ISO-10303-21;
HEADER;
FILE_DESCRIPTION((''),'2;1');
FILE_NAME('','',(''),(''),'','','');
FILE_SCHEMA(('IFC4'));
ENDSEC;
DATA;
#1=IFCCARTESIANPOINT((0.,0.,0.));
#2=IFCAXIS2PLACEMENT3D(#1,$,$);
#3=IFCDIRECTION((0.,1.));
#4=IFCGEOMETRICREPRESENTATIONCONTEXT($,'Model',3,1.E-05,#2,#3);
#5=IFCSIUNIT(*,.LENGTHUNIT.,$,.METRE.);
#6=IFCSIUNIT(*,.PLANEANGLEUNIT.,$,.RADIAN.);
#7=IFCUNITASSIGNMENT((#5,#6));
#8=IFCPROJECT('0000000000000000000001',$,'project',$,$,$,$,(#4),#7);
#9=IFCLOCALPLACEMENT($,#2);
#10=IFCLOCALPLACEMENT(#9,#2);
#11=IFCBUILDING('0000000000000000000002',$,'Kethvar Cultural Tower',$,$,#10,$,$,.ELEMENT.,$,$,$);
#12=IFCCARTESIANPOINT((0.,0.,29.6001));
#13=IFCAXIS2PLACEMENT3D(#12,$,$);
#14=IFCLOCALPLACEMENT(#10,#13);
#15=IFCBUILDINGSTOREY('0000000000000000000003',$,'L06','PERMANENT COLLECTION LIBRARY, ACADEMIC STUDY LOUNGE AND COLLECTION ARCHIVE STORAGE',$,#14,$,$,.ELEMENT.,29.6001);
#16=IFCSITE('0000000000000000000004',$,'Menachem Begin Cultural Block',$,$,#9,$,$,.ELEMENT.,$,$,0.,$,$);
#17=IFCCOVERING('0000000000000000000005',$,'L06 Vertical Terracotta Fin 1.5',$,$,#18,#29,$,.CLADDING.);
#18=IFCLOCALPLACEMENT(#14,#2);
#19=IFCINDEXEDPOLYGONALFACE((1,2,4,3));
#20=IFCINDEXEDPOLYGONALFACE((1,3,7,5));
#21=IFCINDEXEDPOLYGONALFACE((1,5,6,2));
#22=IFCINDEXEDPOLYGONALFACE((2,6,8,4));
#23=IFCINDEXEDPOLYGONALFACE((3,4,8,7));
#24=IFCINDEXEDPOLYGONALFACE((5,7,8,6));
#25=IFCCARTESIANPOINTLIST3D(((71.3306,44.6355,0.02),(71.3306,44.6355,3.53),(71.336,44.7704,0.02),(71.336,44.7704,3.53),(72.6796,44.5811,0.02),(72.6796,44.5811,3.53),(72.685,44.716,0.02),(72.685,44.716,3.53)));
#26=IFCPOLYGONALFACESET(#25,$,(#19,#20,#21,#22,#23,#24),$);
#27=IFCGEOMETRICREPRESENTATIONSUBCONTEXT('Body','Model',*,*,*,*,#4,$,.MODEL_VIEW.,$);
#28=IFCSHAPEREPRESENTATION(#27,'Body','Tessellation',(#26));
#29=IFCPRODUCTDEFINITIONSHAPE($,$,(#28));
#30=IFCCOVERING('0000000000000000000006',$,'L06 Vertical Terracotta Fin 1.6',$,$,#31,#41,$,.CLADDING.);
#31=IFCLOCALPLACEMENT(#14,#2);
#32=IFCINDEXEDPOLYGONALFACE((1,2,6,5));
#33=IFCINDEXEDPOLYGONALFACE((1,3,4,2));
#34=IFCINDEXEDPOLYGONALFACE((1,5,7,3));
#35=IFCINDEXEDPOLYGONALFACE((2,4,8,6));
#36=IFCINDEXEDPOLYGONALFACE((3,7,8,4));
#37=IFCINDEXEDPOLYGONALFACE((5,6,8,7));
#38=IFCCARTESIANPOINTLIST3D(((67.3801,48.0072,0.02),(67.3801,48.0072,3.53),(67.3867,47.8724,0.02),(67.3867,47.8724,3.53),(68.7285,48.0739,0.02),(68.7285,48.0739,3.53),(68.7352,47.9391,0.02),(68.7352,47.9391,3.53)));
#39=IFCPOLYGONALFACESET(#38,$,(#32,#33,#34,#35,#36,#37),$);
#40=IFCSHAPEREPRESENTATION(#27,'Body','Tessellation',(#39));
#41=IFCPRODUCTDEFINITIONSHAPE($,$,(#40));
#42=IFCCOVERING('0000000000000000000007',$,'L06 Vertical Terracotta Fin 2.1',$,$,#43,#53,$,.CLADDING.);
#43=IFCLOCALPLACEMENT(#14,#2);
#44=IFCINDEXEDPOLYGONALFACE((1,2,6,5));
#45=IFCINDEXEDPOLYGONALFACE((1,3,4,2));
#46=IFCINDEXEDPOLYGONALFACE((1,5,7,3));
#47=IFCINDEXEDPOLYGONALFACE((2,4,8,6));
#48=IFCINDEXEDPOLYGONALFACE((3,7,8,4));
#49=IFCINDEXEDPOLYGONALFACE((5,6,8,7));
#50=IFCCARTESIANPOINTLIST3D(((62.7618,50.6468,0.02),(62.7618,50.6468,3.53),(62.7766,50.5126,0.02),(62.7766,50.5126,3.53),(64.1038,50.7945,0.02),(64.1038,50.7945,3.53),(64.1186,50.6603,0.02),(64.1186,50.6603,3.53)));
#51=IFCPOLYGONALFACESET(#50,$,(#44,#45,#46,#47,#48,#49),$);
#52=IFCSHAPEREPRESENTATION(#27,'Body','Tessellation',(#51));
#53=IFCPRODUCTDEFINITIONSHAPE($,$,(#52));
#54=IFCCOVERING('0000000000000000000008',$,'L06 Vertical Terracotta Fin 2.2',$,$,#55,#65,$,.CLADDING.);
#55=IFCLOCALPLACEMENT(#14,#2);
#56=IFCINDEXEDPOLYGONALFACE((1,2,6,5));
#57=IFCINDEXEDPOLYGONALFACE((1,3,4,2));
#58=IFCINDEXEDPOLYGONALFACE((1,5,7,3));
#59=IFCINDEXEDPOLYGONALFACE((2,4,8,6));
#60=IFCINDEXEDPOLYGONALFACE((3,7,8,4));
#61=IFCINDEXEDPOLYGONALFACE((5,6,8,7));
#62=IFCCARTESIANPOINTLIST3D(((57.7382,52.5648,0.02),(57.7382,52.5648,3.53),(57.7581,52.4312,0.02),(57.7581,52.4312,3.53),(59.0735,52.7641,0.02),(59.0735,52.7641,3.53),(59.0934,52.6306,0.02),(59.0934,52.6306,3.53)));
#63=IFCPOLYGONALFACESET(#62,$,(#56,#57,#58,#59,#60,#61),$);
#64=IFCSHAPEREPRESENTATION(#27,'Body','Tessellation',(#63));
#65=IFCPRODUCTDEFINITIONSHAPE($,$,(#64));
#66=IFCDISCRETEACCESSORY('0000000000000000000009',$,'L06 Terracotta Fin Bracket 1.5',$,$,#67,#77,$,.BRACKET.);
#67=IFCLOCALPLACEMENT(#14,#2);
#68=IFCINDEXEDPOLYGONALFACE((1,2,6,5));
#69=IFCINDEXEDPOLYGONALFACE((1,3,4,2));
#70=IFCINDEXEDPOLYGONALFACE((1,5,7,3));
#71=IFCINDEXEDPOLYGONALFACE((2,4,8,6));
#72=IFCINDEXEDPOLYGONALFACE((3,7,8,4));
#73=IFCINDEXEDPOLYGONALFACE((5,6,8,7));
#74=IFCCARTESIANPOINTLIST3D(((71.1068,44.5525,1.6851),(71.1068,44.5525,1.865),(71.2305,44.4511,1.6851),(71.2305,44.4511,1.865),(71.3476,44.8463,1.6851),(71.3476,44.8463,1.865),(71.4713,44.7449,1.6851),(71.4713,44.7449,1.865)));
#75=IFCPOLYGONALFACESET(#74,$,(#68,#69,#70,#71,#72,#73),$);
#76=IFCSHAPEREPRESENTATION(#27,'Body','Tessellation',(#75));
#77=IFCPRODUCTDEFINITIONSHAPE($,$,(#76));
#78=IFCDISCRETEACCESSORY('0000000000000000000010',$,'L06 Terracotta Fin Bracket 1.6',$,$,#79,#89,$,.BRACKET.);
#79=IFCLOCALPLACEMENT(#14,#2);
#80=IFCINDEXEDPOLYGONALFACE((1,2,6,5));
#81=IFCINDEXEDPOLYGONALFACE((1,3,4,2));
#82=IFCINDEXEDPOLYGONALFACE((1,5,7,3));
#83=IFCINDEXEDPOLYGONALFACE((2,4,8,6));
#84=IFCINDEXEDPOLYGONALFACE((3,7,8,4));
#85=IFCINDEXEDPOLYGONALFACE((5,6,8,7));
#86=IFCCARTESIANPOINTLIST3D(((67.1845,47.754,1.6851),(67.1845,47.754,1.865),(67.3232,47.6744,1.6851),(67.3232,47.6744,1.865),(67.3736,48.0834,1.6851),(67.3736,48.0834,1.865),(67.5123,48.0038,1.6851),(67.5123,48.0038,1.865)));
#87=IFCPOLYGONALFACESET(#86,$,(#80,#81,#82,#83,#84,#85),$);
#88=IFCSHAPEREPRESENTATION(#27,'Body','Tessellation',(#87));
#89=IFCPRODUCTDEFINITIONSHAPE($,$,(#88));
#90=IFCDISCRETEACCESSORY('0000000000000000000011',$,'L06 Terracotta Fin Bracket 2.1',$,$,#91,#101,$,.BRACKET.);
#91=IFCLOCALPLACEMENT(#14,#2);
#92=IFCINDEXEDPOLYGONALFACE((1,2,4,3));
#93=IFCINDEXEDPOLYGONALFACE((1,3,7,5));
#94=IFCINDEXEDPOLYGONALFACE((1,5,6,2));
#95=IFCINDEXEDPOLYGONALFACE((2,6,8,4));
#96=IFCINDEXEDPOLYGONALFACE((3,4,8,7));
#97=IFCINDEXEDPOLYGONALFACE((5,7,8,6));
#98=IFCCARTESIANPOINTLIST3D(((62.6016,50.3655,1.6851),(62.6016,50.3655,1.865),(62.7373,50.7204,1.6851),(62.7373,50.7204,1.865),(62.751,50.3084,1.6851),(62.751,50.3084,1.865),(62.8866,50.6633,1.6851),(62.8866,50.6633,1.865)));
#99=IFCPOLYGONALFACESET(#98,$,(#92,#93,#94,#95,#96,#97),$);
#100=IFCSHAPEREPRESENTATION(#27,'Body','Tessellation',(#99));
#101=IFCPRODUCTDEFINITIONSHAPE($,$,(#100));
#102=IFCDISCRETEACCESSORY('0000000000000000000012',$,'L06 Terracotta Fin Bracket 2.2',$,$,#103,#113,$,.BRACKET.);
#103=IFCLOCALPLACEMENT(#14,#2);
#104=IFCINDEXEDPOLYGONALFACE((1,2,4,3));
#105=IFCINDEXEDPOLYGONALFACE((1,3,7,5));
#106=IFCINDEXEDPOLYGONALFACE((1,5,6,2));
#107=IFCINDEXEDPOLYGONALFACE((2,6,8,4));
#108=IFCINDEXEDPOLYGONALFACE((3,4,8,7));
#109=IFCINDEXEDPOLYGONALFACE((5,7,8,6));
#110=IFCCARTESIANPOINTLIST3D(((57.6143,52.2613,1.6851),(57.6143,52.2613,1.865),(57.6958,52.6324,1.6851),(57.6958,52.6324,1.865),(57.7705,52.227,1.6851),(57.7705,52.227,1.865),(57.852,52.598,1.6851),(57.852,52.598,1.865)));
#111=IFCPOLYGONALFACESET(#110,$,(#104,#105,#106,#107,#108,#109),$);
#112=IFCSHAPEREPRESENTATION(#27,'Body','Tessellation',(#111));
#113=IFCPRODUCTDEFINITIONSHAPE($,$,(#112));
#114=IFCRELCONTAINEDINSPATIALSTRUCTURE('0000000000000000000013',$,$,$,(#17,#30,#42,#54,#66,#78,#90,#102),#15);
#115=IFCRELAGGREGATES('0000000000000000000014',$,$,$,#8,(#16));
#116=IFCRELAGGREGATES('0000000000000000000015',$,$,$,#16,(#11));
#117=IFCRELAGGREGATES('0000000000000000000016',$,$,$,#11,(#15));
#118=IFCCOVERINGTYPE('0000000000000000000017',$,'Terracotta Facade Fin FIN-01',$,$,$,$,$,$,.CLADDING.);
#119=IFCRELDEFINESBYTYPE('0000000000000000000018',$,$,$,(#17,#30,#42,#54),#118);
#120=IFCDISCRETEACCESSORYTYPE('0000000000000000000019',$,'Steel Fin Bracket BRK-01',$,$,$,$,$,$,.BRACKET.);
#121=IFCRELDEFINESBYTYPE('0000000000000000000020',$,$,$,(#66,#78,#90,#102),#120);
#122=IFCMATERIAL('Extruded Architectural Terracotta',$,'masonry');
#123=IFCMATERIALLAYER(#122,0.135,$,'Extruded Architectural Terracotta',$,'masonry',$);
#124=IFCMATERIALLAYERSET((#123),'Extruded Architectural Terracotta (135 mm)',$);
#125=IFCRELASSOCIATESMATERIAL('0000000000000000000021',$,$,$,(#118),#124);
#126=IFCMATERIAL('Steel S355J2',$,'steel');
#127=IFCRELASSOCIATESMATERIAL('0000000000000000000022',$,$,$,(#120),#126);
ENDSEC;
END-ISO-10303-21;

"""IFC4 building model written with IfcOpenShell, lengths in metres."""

from ifc_helpers import new_model, si_unit, direction, frame, origin, origin_2d, place, context, subcontext, project, spatial, rectangle, extrude, source, transform, mapped, material, layer, layer_set, type_object, element, save


model = new_model("IFC4")

# Units and contexts
model_context = context("Model", 3, precision=1e-05, world=origin(), true_north=direction((0.0, 1.0)))
body_context = subcontext(model_context, "Body", "Model", "MODEL_VIEW")
ifc_project = project(units=[si_unit("LENGTHUNIT", "METRE"), si_unit("PLANEANGLEUNIT", "RADIAN")], contexts=[model_context])

# Site, building, storey
site_placement = place(None, origin())
site = spatial("IfcSite", under=ifc_project, at=site_placement, Name="Menachem Begin Cultural Block", CompositionType="ELEMENT", RefElevation=0.0)
building_placement = place(site_placement, origin())
building = spatial("IfcBuilding", under=site, at=building_placement, Name="Kethvar Cultural Tower", CompositionType="ELEMENT")
storey_placement = place(building_placement, frame((0.0, 0.0, 29.6001)))
storey = spatial("IfcBuildingStorey", under=building, at=storey_placement, Name="L06", Description="PERMANENT COLLECTION LIBRARY, ACADEMIC STUDY LOUNGE AND COLLECTION ARCHIVE STORAGE", CompositionType="ELEMENT", Elevation=29.6001)

# Shared definitions
ifc_material_1 = material(Name="Steel S355J2", Category="steel")

# Coverings
ifc_material_2 = material(Name="Extruded Architectural Terracotta", Category="masonry")
ifc_layer_1 = layer(ifc_material_2, 0.135, Name="Extruded Architectural Terracotta", Category="masonry")
ifc_layer_set_1 = layer_set([ifc_layer_1], Name="Extruded Architectural Terracotta (135 mm)")
covering_type = type_object("IfcCoveringType", Name="Terracotta Facade Fin FIN-01", PredefinedType="CLADDING", material=ifc_layer_set_1)
shared_shape_1 = source(origin(), body_context, "Body", "SweptSolid", [
    extrude(rectangle(XDim=1.3501, YDim=0.135, at=origin_2d()), origin(), (0.0, 0.0, 1.0), 3.51),
])
for number, where, z_axis, x_axis, name in (
    (1, (72.0078, 44.6758, 0.02), (0.0, 0.0, 1.0), (0.999187, -0.040306, 0.0), "L06 Vertical Terracotta Fin 1.5"),
    (2, (68.0576, 47.9731, 0.02), (0.0, 0.0, 1.0), (0.99878, 0.049373, 0.0), "L06 Vertical Terracotta Fin 1.6"),
    (3, (63.4402, 50.6536, 0.02), (0.0, 0.0, 1.0), (0.993999, 0.109387, 0.0), "L06 Vertical Terracotta Fin 2.1"),
    (4, (58.4158, 52.5977, 0.02), (0.0, 0.0, 1.0), (0.989042, 0.147637, 0.0), "L06 Vertical Terracotta Fin 2.2"),
):
    element("IfcCovering", number, at=place(storey_placement, frame(where, z_axis=z_axis, x_axis=x_axis)), inside=storey, type_object=covering_type, Name=name, PredefinedType="CLADDING", context=body_context, shape_type="MappedRepresentation", body=[
        mapped(shared_shape_1, transform((0.0, 0.0, 0.0), scale=1.0)),
    ])

# Discrete accessories
discrete_accessory_type = type_object("IfcDiscreteAccessoryType", Name="Steel Fin Bracket BRK-01", PredefinedType="BRACKET", material=ifc_material_1)
shared_shape_2 = source(origin(), body_context, "Body", "SweptSolid", [
    extrude(rectangle(XDim=0.3799, YDim=0.1599, at=origin_2d()), origin(), (0.0, 0.0, 1.0), 0.1799),
])
for number, where, z_axis, x_axis, name in (
    (5, (71.2891, 44.6487, 1.6851), (0.0, 0.0, 1.0), (0.633921, 0.773398, 0.0), "L06 Terracotta Fin Bracket 1.5"),
    (6, (67.3484, 47.8789, 1.6851), (0.0, 0.0, 1.0), (0.497882, 0.867245, 0.0), "L06 Terracotta Fin Bracket 1.6"),
    (7, (62.7441, 50.5144, 1.6851), (0.0, 0.0, 1.0), (0.357064, 0.93408, 0.0), "L06 Terracotta Fin Bracket 2.1"),
    (8, (57.7332, 52.4297, 1.6851), (0.0, 0.0, 1.0), (0.214565, 0.97671, 0.0), "L06 Terracotta Fin Bracket 2.2"),
):
    element("IfcDiscreteAccessory", number, at=place(storey_placement, frame(where, z_axis=z_axis, x_axis=x_axis)), inside=storey, type_object=discrete_accessory_type, Name=name, PredefinedType="BRACKET", context=body_context, shape_type="MappedRepresentation", body=[
        mapped(shared_shape_2, transform((0.0, 0.0, 0.0), scale=1.0)),
    ])

save(model, "model.ifc")
